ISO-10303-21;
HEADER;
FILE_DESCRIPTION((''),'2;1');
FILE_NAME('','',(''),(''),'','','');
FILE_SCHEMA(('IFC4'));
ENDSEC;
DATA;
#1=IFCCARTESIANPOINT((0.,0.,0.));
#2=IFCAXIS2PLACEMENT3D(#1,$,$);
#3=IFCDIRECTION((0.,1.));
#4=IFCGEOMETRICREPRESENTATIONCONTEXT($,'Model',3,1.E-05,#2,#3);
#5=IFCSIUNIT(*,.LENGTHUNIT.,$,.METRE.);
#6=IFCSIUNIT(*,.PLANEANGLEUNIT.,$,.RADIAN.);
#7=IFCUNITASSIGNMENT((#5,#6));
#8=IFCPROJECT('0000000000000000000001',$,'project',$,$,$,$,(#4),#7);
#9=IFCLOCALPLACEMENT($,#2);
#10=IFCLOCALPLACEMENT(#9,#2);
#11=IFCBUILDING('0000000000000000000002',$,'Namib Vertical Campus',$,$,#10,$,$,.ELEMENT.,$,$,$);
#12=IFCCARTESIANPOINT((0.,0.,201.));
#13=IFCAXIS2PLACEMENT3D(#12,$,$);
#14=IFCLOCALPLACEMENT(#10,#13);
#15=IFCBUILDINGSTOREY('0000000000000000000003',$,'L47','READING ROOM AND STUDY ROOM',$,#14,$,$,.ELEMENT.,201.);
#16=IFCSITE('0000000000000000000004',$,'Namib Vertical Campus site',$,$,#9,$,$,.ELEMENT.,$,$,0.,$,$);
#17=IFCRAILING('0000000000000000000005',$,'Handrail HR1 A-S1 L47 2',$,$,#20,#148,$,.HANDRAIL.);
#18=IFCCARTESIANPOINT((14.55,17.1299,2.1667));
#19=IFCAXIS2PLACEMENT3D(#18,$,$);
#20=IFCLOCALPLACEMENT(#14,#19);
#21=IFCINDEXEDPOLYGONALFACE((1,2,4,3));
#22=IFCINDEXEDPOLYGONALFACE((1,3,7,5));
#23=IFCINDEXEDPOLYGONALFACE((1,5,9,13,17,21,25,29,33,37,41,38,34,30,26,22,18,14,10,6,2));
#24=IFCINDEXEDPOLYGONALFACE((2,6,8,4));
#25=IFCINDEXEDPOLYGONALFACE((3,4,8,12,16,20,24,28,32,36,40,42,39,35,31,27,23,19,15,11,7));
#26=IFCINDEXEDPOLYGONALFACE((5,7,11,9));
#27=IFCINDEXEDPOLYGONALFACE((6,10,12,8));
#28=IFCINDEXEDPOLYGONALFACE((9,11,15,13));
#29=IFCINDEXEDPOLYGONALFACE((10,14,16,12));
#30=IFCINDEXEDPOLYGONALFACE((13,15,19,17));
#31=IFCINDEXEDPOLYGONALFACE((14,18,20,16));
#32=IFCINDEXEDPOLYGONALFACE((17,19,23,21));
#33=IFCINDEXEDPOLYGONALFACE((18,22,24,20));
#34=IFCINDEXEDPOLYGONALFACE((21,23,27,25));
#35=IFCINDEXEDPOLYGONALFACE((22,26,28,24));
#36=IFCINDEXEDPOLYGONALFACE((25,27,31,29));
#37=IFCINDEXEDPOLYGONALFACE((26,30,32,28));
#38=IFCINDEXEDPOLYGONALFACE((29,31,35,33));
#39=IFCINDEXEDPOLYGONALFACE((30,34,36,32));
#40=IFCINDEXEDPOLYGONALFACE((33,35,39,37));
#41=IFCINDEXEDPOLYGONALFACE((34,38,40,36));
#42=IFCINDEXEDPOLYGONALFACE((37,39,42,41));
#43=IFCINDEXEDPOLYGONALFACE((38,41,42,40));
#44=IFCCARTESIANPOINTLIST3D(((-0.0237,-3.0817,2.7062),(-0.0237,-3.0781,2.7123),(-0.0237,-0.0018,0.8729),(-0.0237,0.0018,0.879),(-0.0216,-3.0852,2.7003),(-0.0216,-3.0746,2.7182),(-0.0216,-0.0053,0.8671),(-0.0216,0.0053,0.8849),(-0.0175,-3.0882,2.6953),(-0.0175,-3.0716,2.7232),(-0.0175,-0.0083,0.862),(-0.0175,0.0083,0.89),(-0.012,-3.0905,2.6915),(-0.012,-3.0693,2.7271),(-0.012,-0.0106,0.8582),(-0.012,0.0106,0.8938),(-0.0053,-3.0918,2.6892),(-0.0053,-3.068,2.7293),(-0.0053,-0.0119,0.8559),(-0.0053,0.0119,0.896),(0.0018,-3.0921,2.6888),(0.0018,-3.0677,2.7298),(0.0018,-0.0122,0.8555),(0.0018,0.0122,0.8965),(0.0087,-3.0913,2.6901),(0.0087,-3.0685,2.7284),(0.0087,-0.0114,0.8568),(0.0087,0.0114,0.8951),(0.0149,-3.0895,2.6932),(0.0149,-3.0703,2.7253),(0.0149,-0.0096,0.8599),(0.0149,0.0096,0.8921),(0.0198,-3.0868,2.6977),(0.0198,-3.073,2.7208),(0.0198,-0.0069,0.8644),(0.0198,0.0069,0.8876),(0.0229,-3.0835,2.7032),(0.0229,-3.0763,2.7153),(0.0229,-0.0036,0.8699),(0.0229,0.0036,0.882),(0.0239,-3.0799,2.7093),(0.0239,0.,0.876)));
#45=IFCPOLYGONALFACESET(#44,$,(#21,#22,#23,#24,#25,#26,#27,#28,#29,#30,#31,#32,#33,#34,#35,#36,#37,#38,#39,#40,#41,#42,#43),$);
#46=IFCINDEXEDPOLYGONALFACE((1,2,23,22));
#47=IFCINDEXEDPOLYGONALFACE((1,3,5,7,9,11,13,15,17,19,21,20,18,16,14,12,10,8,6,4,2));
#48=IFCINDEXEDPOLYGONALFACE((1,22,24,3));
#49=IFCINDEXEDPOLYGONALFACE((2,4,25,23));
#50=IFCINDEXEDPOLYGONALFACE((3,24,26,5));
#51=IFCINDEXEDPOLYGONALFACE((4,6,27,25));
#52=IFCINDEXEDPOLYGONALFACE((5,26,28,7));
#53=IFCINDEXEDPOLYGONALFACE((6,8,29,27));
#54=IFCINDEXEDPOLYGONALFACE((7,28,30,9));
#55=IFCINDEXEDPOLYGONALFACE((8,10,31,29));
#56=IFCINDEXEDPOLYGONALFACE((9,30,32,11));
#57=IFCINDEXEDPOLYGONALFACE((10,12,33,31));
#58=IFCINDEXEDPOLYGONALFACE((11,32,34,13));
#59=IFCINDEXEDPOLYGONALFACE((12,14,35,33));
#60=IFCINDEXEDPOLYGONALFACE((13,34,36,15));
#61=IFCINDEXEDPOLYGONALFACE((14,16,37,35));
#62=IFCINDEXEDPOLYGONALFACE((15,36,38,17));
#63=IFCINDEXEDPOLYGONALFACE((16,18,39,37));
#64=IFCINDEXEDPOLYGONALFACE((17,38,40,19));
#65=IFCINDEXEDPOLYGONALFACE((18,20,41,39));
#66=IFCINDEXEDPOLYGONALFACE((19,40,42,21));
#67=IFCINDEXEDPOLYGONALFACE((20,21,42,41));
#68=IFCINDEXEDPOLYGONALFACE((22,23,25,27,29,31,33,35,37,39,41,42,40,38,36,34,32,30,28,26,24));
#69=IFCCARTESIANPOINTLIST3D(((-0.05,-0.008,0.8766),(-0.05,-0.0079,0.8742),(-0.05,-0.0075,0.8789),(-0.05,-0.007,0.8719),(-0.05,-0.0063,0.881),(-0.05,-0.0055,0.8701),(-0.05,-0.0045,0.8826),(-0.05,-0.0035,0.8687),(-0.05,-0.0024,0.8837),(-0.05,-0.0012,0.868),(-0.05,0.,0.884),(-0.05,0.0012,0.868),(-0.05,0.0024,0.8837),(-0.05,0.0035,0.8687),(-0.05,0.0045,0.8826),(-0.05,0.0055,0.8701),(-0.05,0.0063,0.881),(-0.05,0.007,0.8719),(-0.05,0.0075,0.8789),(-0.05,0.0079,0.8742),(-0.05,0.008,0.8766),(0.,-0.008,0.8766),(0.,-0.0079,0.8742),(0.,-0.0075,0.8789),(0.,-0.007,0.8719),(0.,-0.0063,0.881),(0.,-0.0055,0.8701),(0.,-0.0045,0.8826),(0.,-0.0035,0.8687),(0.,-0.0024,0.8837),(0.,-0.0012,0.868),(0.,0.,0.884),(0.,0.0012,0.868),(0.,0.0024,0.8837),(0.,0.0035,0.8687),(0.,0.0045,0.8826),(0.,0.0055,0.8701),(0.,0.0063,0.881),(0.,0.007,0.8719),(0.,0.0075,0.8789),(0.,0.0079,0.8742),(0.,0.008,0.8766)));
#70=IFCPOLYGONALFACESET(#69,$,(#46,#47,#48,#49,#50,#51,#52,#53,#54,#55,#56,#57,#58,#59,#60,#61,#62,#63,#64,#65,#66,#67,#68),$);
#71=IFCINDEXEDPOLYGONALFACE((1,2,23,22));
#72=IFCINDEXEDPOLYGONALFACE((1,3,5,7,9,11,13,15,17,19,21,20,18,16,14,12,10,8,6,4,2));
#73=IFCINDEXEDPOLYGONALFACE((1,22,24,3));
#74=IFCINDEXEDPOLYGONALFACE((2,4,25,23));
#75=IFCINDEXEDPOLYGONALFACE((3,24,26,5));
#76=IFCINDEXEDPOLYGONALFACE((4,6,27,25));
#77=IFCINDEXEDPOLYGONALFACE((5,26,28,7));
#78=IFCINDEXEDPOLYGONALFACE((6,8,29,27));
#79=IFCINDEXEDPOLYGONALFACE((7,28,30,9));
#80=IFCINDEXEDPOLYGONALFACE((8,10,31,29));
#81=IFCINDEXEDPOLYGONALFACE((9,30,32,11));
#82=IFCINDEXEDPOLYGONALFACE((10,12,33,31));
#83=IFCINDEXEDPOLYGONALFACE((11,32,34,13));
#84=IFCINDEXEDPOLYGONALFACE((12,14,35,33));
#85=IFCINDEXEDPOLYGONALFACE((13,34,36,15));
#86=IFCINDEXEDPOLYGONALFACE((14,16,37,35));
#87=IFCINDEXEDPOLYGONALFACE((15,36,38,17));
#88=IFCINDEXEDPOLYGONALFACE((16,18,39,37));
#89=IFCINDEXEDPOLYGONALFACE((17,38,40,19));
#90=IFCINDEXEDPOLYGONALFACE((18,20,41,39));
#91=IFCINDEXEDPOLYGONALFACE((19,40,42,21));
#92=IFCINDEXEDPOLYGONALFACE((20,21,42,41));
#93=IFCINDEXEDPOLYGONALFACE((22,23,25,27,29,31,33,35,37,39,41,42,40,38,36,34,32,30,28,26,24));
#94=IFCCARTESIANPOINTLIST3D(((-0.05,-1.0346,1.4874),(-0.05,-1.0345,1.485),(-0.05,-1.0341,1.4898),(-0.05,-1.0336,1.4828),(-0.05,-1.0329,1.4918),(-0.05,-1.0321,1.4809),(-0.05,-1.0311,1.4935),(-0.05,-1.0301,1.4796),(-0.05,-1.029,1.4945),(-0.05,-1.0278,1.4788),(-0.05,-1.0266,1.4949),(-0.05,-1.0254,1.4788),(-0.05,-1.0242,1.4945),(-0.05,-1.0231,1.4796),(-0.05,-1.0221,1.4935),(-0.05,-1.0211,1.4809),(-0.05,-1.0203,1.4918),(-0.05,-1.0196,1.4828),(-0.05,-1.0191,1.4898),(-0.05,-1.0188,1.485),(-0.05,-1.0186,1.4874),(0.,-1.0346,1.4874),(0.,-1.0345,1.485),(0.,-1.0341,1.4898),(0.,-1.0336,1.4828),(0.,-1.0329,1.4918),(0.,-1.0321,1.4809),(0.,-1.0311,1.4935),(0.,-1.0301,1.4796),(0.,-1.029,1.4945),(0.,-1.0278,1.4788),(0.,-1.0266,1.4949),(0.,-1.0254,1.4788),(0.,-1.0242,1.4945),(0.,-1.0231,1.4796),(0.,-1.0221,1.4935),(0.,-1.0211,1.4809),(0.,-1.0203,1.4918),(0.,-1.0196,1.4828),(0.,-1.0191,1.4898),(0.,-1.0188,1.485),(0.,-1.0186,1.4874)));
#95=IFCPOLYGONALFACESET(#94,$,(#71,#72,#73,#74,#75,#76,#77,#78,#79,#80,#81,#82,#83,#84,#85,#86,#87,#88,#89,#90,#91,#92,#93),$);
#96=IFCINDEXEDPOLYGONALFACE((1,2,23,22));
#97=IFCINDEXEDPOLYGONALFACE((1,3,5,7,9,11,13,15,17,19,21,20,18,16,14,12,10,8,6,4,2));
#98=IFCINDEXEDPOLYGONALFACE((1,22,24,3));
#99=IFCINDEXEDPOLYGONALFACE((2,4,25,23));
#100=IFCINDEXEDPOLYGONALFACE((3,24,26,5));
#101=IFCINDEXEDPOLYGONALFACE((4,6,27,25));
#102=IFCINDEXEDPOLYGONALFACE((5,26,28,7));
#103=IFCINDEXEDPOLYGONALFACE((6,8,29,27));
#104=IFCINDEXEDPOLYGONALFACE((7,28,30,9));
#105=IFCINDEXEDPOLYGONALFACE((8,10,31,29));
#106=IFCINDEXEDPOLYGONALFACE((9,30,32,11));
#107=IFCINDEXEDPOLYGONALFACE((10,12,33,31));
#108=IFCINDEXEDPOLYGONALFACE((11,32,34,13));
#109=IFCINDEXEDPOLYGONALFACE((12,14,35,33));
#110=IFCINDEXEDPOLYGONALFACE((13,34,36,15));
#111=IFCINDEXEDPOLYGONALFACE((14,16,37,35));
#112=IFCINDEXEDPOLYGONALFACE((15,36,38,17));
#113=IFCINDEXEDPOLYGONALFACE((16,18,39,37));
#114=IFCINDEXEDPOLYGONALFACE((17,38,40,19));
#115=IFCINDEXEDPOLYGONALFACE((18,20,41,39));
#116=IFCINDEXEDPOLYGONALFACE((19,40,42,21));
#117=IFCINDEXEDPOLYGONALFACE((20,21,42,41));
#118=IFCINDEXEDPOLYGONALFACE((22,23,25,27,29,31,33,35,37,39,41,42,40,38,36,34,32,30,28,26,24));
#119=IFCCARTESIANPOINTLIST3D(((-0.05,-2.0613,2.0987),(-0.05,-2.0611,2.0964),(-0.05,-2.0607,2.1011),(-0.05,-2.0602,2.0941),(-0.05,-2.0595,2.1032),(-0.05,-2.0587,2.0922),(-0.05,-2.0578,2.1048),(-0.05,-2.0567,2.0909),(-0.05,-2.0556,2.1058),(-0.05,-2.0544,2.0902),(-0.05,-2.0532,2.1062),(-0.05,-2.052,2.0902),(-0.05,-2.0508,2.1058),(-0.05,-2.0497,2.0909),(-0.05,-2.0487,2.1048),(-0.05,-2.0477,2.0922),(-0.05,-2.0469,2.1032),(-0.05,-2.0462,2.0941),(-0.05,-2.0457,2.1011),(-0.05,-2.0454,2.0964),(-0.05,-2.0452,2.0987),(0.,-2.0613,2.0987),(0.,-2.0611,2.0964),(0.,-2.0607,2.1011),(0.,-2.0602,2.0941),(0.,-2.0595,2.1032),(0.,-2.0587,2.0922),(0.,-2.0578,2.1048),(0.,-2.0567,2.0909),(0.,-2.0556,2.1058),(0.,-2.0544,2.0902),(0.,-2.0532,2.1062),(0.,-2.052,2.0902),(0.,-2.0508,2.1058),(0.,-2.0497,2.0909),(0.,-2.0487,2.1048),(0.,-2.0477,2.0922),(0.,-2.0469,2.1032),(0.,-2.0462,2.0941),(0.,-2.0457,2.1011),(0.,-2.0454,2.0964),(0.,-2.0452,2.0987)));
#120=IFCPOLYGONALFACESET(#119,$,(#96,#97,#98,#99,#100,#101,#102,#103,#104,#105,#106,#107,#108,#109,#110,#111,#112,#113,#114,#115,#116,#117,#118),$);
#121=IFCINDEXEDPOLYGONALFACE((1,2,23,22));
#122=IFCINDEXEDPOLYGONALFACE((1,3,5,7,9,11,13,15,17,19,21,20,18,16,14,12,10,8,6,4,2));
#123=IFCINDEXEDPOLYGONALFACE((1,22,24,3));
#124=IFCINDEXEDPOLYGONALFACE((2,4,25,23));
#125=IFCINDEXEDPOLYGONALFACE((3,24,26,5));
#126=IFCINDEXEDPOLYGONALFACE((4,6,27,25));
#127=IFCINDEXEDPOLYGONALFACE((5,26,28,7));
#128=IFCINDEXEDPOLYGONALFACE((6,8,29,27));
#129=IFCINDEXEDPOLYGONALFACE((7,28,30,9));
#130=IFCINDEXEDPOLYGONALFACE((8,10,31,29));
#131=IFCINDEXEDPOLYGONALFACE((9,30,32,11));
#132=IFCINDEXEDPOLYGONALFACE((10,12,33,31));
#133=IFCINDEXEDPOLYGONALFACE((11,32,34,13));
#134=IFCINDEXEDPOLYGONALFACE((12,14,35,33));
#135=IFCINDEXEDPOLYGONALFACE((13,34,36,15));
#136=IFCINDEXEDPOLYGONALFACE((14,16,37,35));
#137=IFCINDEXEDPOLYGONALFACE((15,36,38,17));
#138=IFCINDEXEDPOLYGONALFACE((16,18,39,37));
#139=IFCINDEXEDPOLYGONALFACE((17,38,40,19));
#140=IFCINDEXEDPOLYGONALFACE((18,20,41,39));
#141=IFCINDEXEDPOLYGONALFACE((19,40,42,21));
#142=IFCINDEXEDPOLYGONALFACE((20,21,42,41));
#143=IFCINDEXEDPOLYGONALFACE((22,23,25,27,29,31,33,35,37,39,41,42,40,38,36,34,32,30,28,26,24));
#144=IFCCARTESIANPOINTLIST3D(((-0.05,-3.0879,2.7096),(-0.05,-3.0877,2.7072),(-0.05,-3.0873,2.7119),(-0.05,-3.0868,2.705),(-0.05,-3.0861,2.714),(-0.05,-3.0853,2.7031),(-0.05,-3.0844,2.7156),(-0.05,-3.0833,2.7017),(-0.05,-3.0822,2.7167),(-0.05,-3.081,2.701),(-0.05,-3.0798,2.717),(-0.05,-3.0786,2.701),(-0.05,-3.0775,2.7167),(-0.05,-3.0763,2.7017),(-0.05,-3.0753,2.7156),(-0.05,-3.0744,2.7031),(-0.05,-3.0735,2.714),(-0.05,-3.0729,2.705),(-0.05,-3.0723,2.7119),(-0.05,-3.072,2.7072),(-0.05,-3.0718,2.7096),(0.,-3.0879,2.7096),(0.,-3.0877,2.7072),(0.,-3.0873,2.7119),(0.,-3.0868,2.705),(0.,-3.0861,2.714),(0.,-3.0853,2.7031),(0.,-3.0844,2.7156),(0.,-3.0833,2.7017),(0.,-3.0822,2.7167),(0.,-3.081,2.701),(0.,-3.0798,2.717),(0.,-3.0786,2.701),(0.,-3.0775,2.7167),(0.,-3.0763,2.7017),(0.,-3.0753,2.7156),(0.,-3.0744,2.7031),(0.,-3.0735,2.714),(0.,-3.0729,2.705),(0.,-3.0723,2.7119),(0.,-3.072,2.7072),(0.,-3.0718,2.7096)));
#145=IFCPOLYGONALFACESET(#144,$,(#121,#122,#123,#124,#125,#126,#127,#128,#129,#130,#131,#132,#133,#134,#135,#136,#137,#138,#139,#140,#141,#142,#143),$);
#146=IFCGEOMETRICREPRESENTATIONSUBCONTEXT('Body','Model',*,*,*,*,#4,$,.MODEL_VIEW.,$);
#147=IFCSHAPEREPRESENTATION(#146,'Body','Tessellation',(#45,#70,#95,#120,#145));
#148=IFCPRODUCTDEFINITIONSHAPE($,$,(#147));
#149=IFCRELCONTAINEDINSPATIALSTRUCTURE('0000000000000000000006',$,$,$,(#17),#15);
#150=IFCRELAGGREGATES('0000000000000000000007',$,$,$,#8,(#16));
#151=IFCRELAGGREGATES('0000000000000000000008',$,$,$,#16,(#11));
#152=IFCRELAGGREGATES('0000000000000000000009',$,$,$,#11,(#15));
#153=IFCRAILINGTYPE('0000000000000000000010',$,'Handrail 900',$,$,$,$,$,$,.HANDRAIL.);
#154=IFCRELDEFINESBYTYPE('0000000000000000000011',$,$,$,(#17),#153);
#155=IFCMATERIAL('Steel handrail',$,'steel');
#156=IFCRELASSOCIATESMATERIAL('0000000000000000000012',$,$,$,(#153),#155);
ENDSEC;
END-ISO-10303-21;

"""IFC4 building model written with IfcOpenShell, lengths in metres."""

from ifc_helpers import new_model, si_unit, direction, frame, origin, origin_2d, place, context, subcontext, project, spatial, circle, extrude, material, type_object, element, save


model = new_model("IFC4")

# Units and contexts
model_context = context("Model", 3, precision=1e-05, world=origin(), true_north=direction((0.0, 1.0)))
body_context = subcontext(model_context, "Body", "Model", "MODEL_VIEW")
ifc_project = project(units=[si_unit("LENGTHUNIT", "METRE"), si_unit("PLANEANGLEUNIT", "RADIAN")], contexts=[model_context])

# Site, building, storey
site_placement = place(None, origin())
site = spatial("IfcSite", under=ifc_project, at=site_placement, Name="Namib Vertical Campus site", CompositionType="ELEMENT", RefElevation=0.0)
building_placement = place(site_placement, origin())
building = spatial("IfcBuilding", under=site, at=building_placement, Name="Namib Vertical Campus", CompositionType="ELEMENT")
storey_placement = place(building_placement, frame((0.0, 0.0, 201.0)))
storey = spatial("IfcBuildingStorey", under=building, at=storey_placement, Name="L47", Description="READING ROOM AND STUDY ROOM", CompositionType="ELEMENT", Elevation=201.0)

# Railing
ifc_material_1 = material(Name="Steel handrail", Category="steel")
railing_type = type_object("IfcRailingType", Name="Handrail 900", PredefinedType="HANDRAIL", material=ifc_material_1)
railing_1_placement = place(storey_placement, frame((14.55, 17.1299, 2.1667)))
element("IfcRailing", 1, at=railing_1_placement, inside=storey, type_object=railing_type, Name="Handrail HR1 A-S1 L47 2", PredefinedType="HANDRAIL", context=body_context, shape_type="SweptSolid", body=[
    extrude(circle(Radius=0.0239, at=origin_2d()), frame((0.0, 0.0, 0.876), z_axis=(0.0, -0.859291, 0.511487), x_axis=(1.0, 0.0, 0.0)), (0.0, 0.0, 1.0), 3.5842),
    extrude(circle(Radius=0.0081, at=origin_2d()), frame((0.0, 0.0, 0.876), z_axis=(-1.0, 0.0, 0.0), x_axis=(0.0, 0.0, 1.0)), (0.0, 0.0, 1.0), 0.05),
    extrude(circle(Radius=0.0081, at=origin_2d()), frame((0.0, -1.0266, 1.4868), z_axis=(-1.0, 0.0, 0.0), x_axis=(0.0, 0.0, 1.0)), (0.0, 0.0, 1.0), 0.05),
    extrude(circle(Radius=0.0081, at=origin_2d()), frame((0.0, -2.0532, 2.0981), z_axis=(-1.0, 0.0, 0.0), x_axis=(0.0, 0.0, 1.0)), (0.0, 0.0, 1.0), 0.05),
    extrude(circle(Radius=0.0081, at=origin_2d()), frame((0.0, -3.0798, 2.709), z_axis=(-1.0, 0.0, 0.0), x_axis=(0.0, 0.0, 1.0)), (0.0, 0.0, 1.0), 0.05),
])

save(model, "model.ifc")
